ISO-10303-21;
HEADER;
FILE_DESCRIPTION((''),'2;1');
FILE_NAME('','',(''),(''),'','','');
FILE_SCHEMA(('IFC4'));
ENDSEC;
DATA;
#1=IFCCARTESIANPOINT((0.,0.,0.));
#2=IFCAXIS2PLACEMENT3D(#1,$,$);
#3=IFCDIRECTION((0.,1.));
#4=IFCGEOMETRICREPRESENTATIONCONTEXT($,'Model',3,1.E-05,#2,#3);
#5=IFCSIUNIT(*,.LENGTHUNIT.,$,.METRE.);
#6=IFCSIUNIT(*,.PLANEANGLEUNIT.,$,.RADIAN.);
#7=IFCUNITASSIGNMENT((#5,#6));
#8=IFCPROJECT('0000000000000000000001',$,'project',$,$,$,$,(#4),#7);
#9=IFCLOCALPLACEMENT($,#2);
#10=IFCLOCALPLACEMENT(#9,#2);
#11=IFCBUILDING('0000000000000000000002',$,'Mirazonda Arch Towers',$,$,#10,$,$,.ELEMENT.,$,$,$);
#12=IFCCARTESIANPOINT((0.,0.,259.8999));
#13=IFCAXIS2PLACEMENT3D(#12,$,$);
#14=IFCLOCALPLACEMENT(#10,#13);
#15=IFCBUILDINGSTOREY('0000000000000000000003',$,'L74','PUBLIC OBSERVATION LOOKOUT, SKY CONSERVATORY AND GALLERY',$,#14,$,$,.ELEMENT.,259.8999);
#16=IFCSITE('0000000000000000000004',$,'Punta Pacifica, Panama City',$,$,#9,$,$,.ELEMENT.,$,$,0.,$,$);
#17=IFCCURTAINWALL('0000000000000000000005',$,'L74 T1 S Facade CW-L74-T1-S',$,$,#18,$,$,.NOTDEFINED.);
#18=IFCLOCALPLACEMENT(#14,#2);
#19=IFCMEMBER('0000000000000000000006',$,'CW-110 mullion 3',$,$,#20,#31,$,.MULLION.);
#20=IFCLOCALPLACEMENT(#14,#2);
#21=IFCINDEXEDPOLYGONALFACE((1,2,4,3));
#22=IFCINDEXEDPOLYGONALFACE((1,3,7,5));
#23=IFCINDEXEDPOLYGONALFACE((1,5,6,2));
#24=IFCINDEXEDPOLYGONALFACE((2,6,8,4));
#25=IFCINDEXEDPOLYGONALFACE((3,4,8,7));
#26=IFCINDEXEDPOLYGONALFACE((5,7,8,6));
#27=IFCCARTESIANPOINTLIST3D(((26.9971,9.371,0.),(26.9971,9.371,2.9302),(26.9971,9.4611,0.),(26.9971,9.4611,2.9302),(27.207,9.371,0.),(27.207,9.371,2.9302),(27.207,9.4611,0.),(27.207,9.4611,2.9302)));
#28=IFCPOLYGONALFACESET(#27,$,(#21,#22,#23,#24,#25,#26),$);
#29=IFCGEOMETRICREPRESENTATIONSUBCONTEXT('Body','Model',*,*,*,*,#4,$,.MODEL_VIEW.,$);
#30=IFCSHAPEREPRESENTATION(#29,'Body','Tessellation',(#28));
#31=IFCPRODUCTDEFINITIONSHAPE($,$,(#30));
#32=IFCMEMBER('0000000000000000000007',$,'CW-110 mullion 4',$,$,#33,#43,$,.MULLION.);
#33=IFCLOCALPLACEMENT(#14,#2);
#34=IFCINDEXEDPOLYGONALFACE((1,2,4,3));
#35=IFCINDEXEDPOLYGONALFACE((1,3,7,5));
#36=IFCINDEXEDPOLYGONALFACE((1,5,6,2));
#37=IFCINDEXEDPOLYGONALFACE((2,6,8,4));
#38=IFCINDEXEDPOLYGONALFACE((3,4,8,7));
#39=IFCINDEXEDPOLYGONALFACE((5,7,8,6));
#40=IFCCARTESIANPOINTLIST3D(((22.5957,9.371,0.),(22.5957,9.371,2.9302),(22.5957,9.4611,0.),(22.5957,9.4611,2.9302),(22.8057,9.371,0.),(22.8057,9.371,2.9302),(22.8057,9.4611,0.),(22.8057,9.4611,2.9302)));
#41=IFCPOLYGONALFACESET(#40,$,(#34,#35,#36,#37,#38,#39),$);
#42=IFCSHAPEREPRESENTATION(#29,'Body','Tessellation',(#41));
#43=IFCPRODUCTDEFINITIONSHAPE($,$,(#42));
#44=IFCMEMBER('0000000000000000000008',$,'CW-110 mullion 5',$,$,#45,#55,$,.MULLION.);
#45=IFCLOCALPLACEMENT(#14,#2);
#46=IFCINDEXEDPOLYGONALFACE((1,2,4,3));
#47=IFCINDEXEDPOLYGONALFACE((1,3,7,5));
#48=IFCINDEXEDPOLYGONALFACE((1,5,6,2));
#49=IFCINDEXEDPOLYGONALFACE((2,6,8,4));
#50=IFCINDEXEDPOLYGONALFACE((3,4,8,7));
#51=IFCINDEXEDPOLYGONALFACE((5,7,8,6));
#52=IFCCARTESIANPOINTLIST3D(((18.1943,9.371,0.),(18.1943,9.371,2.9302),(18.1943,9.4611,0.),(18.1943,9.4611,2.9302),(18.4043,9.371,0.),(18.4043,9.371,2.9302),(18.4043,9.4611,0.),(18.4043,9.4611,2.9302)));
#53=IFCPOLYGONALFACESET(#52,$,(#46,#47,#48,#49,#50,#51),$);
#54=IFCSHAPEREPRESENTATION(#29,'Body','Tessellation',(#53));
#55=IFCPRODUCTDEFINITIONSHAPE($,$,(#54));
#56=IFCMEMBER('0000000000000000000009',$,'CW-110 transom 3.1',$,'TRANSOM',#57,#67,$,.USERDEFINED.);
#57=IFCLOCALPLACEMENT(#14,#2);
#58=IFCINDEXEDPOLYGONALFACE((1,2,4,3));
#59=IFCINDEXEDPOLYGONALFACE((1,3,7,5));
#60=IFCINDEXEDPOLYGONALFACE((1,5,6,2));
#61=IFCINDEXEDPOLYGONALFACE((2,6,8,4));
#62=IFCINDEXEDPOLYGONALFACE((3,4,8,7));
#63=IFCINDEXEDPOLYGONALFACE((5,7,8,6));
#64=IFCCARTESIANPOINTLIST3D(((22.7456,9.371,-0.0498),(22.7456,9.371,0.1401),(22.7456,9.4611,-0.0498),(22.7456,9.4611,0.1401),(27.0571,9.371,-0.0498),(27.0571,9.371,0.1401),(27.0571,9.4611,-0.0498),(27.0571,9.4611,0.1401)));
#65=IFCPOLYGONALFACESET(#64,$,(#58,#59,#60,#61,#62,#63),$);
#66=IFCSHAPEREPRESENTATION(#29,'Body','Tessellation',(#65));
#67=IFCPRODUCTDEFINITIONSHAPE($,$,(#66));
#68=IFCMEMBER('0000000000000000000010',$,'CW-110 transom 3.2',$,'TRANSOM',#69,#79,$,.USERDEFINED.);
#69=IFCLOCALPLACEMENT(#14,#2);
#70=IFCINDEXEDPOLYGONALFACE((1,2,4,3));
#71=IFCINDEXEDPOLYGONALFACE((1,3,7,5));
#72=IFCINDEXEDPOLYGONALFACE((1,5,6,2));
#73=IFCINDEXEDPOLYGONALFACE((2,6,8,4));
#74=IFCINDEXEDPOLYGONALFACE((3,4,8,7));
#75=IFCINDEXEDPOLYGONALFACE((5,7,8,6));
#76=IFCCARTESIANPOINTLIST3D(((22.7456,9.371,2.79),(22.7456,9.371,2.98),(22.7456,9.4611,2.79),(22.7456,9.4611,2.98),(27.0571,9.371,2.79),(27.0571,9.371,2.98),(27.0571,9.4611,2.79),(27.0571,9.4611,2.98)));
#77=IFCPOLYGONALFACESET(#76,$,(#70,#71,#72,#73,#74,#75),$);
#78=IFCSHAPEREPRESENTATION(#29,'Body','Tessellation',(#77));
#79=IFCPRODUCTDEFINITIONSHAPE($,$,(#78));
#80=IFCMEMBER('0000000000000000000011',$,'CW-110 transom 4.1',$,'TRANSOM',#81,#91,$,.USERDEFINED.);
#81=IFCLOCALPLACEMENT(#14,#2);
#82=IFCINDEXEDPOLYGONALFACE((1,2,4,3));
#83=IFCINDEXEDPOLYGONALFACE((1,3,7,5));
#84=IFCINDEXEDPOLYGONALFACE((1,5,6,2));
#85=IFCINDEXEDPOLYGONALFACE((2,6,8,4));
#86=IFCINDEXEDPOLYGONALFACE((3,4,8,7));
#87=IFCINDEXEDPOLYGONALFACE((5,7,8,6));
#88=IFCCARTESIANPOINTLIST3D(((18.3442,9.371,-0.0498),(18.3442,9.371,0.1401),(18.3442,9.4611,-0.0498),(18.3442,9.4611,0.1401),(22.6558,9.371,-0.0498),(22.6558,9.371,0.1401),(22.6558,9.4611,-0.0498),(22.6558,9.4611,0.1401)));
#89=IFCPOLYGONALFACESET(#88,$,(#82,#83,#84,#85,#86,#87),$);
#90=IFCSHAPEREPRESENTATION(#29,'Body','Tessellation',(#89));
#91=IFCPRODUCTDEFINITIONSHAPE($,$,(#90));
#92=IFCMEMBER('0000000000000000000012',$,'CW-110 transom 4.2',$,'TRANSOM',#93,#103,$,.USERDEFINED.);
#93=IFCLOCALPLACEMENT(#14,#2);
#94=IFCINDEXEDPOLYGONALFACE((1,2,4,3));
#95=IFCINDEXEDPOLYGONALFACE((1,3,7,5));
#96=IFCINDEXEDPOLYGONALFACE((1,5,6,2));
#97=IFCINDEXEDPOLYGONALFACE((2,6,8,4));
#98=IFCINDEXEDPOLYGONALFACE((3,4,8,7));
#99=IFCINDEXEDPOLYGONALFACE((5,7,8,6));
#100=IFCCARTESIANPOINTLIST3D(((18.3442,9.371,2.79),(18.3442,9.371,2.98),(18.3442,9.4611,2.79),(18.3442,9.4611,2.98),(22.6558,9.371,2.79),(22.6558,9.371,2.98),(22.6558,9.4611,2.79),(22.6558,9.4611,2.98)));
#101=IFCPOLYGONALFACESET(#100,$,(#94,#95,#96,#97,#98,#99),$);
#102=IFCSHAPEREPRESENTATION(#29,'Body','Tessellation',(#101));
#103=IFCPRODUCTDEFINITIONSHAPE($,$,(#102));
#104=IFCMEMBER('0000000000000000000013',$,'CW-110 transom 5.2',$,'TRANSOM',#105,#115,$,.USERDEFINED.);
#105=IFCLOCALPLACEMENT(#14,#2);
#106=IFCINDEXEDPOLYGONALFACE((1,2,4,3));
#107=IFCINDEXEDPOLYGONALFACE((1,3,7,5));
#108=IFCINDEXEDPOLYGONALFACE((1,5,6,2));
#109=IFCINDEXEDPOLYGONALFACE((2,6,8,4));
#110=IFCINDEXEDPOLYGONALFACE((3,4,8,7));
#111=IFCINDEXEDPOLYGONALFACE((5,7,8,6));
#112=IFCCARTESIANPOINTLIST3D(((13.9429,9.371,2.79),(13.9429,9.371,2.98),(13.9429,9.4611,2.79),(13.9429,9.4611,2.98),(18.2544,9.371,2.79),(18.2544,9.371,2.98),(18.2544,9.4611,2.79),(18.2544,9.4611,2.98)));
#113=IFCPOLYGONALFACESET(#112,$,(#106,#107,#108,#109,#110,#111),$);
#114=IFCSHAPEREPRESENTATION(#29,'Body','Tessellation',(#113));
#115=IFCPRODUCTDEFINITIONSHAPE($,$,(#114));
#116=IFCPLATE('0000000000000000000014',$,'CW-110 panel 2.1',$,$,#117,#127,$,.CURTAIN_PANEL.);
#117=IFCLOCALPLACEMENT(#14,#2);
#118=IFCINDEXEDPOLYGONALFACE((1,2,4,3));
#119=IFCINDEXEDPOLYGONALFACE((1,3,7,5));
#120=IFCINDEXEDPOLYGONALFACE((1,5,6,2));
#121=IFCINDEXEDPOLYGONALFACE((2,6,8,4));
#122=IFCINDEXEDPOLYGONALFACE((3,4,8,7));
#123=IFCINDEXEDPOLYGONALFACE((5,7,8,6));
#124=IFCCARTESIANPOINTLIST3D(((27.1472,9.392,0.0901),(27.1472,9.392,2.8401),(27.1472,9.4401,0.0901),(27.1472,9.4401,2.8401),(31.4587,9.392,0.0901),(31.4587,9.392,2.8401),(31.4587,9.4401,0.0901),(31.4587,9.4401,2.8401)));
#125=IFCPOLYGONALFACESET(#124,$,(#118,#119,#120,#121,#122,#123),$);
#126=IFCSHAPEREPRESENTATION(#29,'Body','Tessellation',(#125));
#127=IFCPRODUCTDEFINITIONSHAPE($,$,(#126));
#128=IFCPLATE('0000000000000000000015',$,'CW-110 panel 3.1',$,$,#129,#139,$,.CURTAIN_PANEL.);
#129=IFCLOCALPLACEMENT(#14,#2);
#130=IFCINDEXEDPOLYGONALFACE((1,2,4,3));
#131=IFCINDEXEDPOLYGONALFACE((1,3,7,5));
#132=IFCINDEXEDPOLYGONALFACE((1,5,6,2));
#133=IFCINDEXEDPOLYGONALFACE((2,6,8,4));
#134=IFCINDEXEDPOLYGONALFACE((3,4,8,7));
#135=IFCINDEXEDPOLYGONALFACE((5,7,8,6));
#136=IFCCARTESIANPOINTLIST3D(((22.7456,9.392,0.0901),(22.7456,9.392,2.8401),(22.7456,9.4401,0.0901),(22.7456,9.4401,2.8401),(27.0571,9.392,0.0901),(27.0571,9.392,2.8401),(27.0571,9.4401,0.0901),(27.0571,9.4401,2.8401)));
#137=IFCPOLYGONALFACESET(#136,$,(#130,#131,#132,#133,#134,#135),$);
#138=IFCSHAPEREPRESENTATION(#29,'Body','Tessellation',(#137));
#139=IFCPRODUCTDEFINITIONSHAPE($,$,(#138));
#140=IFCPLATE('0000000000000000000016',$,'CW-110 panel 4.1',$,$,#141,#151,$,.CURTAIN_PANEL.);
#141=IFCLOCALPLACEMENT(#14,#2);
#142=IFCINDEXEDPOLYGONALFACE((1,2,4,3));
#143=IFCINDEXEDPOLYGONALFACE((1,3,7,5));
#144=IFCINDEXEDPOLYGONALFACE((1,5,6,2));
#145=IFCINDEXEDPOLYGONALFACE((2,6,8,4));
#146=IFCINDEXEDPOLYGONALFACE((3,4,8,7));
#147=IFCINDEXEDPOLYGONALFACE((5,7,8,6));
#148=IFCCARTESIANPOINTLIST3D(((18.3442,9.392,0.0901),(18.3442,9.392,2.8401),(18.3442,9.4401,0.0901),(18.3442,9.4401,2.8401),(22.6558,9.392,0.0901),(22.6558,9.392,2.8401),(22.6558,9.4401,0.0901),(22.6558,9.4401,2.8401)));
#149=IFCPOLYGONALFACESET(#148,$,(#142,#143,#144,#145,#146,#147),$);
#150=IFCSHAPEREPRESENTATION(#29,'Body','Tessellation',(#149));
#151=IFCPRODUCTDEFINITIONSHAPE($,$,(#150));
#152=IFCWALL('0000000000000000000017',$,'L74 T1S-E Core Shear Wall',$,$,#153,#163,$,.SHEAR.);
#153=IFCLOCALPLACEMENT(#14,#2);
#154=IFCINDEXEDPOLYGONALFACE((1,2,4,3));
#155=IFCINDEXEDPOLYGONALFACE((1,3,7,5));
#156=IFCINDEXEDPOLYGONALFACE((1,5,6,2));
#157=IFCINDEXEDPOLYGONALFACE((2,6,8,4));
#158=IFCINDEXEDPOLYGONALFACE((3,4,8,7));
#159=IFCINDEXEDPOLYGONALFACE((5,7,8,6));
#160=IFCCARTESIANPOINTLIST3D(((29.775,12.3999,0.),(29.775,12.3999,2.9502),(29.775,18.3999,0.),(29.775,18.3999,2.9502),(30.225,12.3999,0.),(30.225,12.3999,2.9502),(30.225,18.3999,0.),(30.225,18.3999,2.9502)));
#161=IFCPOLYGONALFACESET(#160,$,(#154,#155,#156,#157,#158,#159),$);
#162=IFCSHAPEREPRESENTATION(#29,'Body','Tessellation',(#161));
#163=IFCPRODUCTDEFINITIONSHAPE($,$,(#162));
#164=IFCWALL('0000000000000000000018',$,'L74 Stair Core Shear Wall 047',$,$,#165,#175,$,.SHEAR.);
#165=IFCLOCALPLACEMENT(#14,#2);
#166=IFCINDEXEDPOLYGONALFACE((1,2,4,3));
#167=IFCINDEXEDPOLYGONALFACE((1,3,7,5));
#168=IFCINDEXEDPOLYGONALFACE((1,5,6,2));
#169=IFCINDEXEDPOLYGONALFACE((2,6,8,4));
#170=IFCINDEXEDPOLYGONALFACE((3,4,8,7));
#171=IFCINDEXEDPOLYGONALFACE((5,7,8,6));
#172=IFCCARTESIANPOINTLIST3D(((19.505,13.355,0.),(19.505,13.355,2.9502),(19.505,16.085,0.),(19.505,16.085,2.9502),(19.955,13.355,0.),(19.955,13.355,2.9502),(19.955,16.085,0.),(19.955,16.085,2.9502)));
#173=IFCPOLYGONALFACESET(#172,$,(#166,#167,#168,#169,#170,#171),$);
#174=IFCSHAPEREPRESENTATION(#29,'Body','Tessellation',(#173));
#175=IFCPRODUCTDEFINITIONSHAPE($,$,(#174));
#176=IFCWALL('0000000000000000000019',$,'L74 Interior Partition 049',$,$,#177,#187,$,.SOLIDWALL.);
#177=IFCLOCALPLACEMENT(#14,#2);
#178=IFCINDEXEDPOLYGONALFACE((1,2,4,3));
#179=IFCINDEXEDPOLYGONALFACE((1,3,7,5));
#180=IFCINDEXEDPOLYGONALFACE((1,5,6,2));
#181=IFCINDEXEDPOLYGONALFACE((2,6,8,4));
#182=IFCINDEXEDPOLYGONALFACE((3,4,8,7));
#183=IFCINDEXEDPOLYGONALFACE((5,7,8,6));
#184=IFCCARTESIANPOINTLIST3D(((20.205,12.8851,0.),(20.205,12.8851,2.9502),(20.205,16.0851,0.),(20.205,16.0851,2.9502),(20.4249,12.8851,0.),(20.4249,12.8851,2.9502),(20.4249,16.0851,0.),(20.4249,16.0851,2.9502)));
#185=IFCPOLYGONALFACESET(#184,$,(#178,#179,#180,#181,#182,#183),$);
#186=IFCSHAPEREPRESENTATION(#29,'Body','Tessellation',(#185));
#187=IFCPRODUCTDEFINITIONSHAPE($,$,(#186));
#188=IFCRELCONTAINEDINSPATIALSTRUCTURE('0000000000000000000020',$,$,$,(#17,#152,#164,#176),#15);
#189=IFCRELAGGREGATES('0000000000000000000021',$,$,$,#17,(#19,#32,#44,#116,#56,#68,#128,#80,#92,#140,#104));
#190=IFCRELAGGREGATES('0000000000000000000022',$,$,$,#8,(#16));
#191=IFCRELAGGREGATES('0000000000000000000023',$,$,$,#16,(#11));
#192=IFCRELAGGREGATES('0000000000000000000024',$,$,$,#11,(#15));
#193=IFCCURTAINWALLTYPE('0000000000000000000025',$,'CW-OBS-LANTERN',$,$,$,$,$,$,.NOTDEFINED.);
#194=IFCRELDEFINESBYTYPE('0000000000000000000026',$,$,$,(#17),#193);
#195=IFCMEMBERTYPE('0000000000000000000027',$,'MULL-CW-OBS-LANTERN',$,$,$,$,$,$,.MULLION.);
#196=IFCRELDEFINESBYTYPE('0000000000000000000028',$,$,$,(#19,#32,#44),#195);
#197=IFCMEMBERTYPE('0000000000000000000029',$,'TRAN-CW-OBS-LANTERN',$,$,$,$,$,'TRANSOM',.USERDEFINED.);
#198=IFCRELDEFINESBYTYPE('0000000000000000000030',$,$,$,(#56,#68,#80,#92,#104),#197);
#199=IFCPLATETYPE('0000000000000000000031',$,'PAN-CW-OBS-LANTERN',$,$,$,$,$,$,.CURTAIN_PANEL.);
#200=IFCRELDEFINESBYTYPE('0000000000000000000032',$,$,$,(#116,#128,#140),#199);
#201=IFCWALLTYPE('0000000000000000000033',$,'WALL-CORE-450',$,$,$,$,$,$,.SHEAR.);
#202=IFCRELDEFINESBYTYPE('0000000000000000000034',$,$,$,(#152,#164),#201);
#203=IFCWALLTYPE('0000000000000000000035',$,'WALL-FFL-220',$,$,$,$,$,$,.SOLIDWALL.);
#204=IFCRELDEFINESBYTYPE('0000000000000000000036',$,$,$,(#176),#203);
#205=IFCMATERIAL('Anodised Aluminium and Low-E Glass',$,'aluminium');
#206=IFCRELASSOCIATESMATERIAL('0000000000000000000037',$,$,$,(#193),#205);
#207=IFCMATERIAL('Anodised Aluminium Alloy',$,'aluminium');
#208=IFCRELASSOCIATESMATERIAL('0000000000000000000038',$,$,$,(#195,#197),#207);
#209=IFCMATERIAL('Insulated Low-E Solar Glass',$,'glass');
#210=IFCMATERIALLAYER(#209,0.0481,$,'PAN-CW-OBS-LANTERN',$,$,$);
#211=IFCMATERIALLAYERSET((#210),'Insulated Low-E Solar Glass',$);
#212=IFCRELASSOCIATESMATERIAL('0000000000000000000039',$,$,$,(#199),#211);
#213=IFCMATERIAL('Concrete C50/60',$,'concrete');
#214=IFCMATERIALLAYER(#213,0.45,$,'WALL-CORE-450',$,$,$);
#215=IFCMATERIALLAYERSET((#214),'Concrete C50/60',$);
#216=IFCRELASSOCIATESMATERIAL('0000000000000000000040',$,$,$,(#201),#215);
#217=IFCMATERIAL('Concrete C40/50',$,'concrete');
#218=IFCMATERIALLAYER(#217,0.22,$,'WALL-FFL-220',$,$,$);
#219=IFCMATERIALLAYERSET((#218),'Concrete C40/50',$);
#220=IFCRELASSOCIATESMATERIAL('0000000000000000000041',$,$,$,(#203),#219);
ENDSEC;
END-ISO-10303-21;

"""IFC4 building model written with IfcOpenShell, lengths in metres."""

from ifc_helpers import new_model, si_unit, direction, frame, frame_2d, origin, origin_2d, place, context, subcontext, project, spatial, rectangle, extrude, material, layer, layer_set, material_profile, profile_set, type_object, element, aggregate, save


model = new_model("IFC4")

# Units and contexts
model_context = context("Model", 3, precision=1e-05, world=origin(), true_north=direction((0.0, 1.0)))
body_context = subcontext(model_context, "Body", "Model", "MODEL_VIEW")
ifc_project = project(units=[si_unit("LENGTHUNIT", "METRE"), si_unit("PLANEANGLEUNIT", "RADIAN")], contexts=[model_context])

# Site, building, storey
site_placement = place(None, origin())
site = spatial("IfcSite", under=ifc_project, at=site_placement, Name="Punta Pacifica, Panama City", CompositionType="ELEMENT", RefElevation=0.0)
building_placement = place(site_placement, origin())
building = spatial("IfcBuilding", under=site, at=building_placement, Name="Mirazonda Arch Towers", CompositionType="ELEMENT")
storey_placement = place(building_placement, frame((0.0, 0.0, 259.8999)))
storey = spatial("IfcBuildingStorey", under=building, at=storey_placement, Name="L74", Description="PUBLIC OBSERVATION LOOKOUT, SKY CONSERVATORY AND GALLERY", CompositionType="ELEMENT", Elevation=259.8999)

# Shared definitions
ifc_material_1 = material(Name="Concrete C50/60", Category="concrete")

# Curtain wall, members, plates
ifc_material_2 = material(Name="Anodised Aluminium and Low-E Glass", Category="aluminium")
curtain_wall_type = type_object("IfcCurtainWallType", Name="CW-OBS-LANTERN", PredefinedType="NOTDEFINED", material=ifc_material_2)
curtain_wall_placement = place(storey_placement, origin())
curtain_wall = element("IfcCurtainWall", 1, at=curtain_wall_placement, inside=storey, type_object=curtain_wall_type, Name="L74 T1 S Facade CW-L74-T1-S", PredefinedType="NOTDEFINED")
ifc_material_3 = material(Name="Anodised Aluminium Alloy", Category="aluminium")
ifc_material_profile_1 = material_profile(ifc_material_3, rectangle(XDim=0.0901, YDim=0.21, at=origin_2d()), Name="ALU-MULL-90x210")
ifc_profile_set_1 = profile_set([ifc_material_profile_1], Name="Anodised Aluminium Alloy")
member_type_1 = type_object("IfcMemberType", Name="MULL-CW-OBS-LANTERN", PredefinedType="MULLION", material=ifc_profile_set_1)
member_1_placement = place(storey_placement, frame((27.1021, 9.416, 0.0), z_axis=(0.0, 0.0, 1.0), x_axis=(0.0, -1.0, 0.0)))
member_1 = element("IfcMember", 2, at=member_1_placement, type_object=member_type_1, Name="CW-110 mullion 3", PredefinedType="MULLION", context=body_context, shape_type="SweptSolid", body=[
    extrude(rectangle(XDim=0.0901, YDim=0.21, at=origin_2d()), origin(), (0.0, 0.0, 1.0), 2.9302),
])
member_2_placement = place(storey_placement, frame((22.7007, 9.416, 0.0), z_axis=(0.0, 0.0, 1.0), x_axis=(0.0, -1.0, 0.0)))
member_2 = element("IfcMember", 3, at=member_2_placement, type_object=member_type_1, Name="CW-110 mullion 4", PredefinedType="MULLION", context=body_context, shape_type="SweptSolid", body=[
    extrude(rectangle(XDim=0.0901, YDim=0.21, at=origin_2d()), origin(), (0.0, 0.0, 1.0), 2.9302),
])
member_3_placement = place(storey_placement, frame((18.2993, 9.416, 0.0), z_axis=(0.0, 0.0, 1.0), x_axis=(0.0, -1.0, 0.0)))
member_3 = element("IfcMember", 4, at=member_3_placement, type_object=member_type_1, Name="CW-110 mullion 5", PredefinedType="MULLION", context=body_context, shape_type="SweptSolid", body=[
    extrude(rectangle(XDim=0.0901, YDim=0.21, at=origin_2d()), origin(), (0.0, 0.0, 1.0), 2.9302),
])
ifc_material_profile_2 = material_profile(ifc_material_3, rectangle(XDim=0.0901, YDim=0.1899, at=origin_2d()), Name="ALU-TRAN-90x190")
ifc_profile_set_2 = profile_set([ifc_material_profile_2], Name="Anodised Aluminium Alloy")
member_type_2 = type_object("IfcMemberType", Name="TRAN-CW-OBS-LANTERN", ElementType="TRANSOM", PredefinedType="USERDEFINED", material=ifc_profile_set_2)
member_4_placement = place(storey_placement, frame((27.0571, 9.416, 0.0452), z_axis=(-1.0, 0.0, 0.0), x_axis=(0.0, -1.0, 0.0)))
member_4 = element("IfcMember", 5, at=member_4_placement, type_object=member_type_2, Name="CW-110 transom 3.1", ObjectType="TRANSOM", PredefinedType="USERDEFINED", context=body_context, shape_type="SweptSolid", body=[
    extrude(rectangle(XDim=0.0901, YDim=0.1899, at=origin_2d()), origin(), (0.0, 0.0, 1.0), 4.3115),
])
member_5_placement = place(storey_placement, frame((27.0571, 9.416, 2.885), z_axis=(-1.0, 0.0, 0.0), x_axis=(0.0, -1.0, 0.0)))
member_5 = element("IfcMember", 6, at=member_5_placement, type_object=member_type_2, Name="CW-110 transom 3.2", ObjectType="TRANSOM", PredefinedType="USERDEFINED", context=body_context, shape_type="SweptSolid", body=[
    extrude(rectangle(XDim=0.0901, YDim=0.1899, at=origin_2d()), origin(), (0.0, 0.0, 1.0), 4.3115),
])
member_6_placement = place(storey_placement, frame((22.6558, 9.416, 0.0452), z_axis=(-1.0, 0.0, 0.0), x_axis=(0.0, -1.0, 0.0)))
member_6 = element("IfcMember", 7, at=member_6_placement, type_object=member_type_2, Name="CW-110 transom 4.1", ObjectType="TRANSOM", PredefinedType="USERDEFINED", context=body_context, shape_type="SweptSolid", body=[
    extrude(rectangle(XDim=0.0901, YDim=0.1899, at=origin_2d()), origin(), (0.0, 0.0, 1.0), 4.3115),
])
member_7_placement = place(storey_placement, frame((22.6558, 9.416, 2.885), z_axis=(-1.0, 0.0, 0.0), x_axis=(0.0, -1.0, 0.0)))
member_7 = element("IfcMember", 8, at=member_7_placement, type_object=member_type_2, Name="CW-110 transom 4.2", ObjectType="TRANSOM", PredefinedType="USERDEFINED", context=body_context, shape_type="SweptSolid", body=[
    extrude(rectangle(XDim=0.0901, YDim=0.1899, at=origin_2d()), origin(), (0.0, 0.0, 1.0), 4.3115),
])
member_8_placement = place(storey_placement, frame((18.2544, 9.416, 2.885), z_axis=(-1.0, 0.0, 0.0), x_axis=(0.0, -1.0, 0.0)))
member_8 = element("IfcMember", 9, at=member_8_placement, type_object=member_type_2, Name="CW-110 transom 5.2", ObjectType="TRANSOM", PredefinedType="USERDEFINED", context=body_context, shape_type="SweptSolid", body=[
    extrude(rectangle(XDim=0.0901, YDim=0.1899, at=origin_2d()), origin(), (0.0, 0.0, 1.0), 4.3115),
])
ifc_material_4 = material(Name="Insulated Low-E Solar Glass", Category="glass")
ifc_layer_1 = layer(ifc_material_4, 0.0481, Name="PAN-CW-OBS-LANTERN")
ifc_layer_set_1 = layer_set([ifc_layer_1], Name="Insulated Low-E Solar Glass")
plate_type = type_object("IfcPlateType", Name="PAN-CW-OBS-LANTERN", PredefinedType="CURTAIN_PANEL", material=ifc_layer_set_1)
plate_1_placement = place(storey_placement, frame((29.303, 9.416, 0.0901), z_axis=(0.0, 0.0, 1.0), x_axis=(-1.0, 0.0, 0.0)))
plate_1 = element("IfcPlate", 10, at=plate_1_placement, type_object=plate_type, Name="CW-110 panel 2.1", PredefinedType="CURTAIN_PANEL", context=body_context, shape_type="SweptSolid", body=[
    extrude(rectangle(XDim=4.3115, YDim=0.0481, at=origin_2d()), origin(), (0.0, 0.0, 1.0), 2.75),
])
plate_2_placement = place(storey_placement, frame((24.9014, 9.416, 0.0901), z_axis=(0.0, 0.0, 1.0), x_axis=(-1.0, 0.0, 0.0)))
plate_2 = element("IfcPlate", 11, at=plate_2_placement, type_object=plate_type, Name="CW-110 panel 3.1", PredefinedType="CURTAIN_PANEL", context=body_context, shape_type="SweptSolid", body=[
    extrude(rectangle(XDim=4.3115, YDim=0.0481, at=origin_2d()), origin(), (0.0, 0.0, 1.0), 2.75),
])
plate_3_placement = place(storey_placement, frame((20.5, 9.416, 0.0901), z_axis=(0.0, 0.0, 1.0), x_axis=(-1.0, 0.0, 0.0)))
plate_3 = element("IfcPlate", 12, at=plate_3_placement, type_object=plate_type, Name="CW-110 panel 4.1", PredefinedType="CURTAIN_PANEL", context=body_context, shape_type="SweptSolid", body=[
    extrude(rectangle(XDim=4.3115, YDim=0.0481, at=origin_2d()), origin(), (0.0, 0.0, 1.0), 2.75),
])
aggregate(curtain_wall, [member_1, member_2, member_3, plate_1, member_4, member_5, plate_2, member_6, member_7, plate_3, member_8])

# Walls
ifc_layer_2 = layer(ifc_material_1, 0.45, Name="WALL-CORE-450")
ifc_layer_set_2 = layer_set([ifc_layer_2], Name="Concrete C50/60")
wall_type_1 = type_object("IfcWallType", Name="WALL-CORE-450", PredefinedType="SHEAR", material=ifc_layer_set_2)
wall_1_placement = place(storey_placement, frame((30.0, 12.3999, 0.0), z_axis=(0.0, 0.0, 1.0), x_axis=(0.0, 1.0, 0.0)))
element("IfcWall", 13, at=wall_1_placement, inside=storey, type_object=wall_type_1, Name="L74 T1S-E Core Shear Wall", PredefinedType="SHEAR", context=body_context, shape_type="SweptSolid", body=[
    extrude(rectangle(XDim=6.0, YDim=0.45, at=frame_2d((3.0, 0.0))), origin(), (0.0, 0.0, 1.0), 2.9502),
])
wall_2_placement = place(storey_placement, frame((19.73, 13.355, 0.0), z_axis=(0.0, 0.0, 1.0), x_axis=(0.0, 1.0, 0.0)))
element("IfcWall", 14, at=wall_2_placement, inside=storey, type_object=wall_type_1, Name="L74 Stair Core Shear Wall 047", PredefinedType="SHEAR", context=body_context, shape_type="SweptSolid", body=[
    extrude(rectangle(XDim=2.73, YDim=0.45, at=frame_2d((1.365, 0.0))), origin(), (0.0, 0.0, 1.0), 2.9502),
])
ifc_material_5 = material(Name="Concrete C40/50", Category="concrete")
ifc_layer_3 = layer(ifc_material_5, 0.22, Name="WALL-FFL-220")
ifc_layer_set_3 = layer_set([ifc_layer_3], Name="Concrete C40/50")
wall_type_2 = type_object("IfcWallType", Name="WALL-FFL-220", PredefinedType="SOLIDWALL", material=ifc_layer_set_3)
wall_3_placement = place(storey_placement, frame((20.3149, 12.885, 0.0), z_axis=(0.0, 0.0, 1.0), x_axis=(0.0, 1.0, 0.0)))
element("IfcWall", 15, at=wall_3_placement, inside=storey, type_object=wall_type_2, Name="L74 Interior Partition 049", PredefinedType="SOLIDWALL", context=body_context, shape_type="SweptSolid", body=[
    extrude(rectangle(XDim=3.2, YDim=0.22, at=frame_2d((1.6001, 0.0))), origin(), (0.0, 0.0, 1.0), 2.9502),
])

save(model, "model.ifc")
